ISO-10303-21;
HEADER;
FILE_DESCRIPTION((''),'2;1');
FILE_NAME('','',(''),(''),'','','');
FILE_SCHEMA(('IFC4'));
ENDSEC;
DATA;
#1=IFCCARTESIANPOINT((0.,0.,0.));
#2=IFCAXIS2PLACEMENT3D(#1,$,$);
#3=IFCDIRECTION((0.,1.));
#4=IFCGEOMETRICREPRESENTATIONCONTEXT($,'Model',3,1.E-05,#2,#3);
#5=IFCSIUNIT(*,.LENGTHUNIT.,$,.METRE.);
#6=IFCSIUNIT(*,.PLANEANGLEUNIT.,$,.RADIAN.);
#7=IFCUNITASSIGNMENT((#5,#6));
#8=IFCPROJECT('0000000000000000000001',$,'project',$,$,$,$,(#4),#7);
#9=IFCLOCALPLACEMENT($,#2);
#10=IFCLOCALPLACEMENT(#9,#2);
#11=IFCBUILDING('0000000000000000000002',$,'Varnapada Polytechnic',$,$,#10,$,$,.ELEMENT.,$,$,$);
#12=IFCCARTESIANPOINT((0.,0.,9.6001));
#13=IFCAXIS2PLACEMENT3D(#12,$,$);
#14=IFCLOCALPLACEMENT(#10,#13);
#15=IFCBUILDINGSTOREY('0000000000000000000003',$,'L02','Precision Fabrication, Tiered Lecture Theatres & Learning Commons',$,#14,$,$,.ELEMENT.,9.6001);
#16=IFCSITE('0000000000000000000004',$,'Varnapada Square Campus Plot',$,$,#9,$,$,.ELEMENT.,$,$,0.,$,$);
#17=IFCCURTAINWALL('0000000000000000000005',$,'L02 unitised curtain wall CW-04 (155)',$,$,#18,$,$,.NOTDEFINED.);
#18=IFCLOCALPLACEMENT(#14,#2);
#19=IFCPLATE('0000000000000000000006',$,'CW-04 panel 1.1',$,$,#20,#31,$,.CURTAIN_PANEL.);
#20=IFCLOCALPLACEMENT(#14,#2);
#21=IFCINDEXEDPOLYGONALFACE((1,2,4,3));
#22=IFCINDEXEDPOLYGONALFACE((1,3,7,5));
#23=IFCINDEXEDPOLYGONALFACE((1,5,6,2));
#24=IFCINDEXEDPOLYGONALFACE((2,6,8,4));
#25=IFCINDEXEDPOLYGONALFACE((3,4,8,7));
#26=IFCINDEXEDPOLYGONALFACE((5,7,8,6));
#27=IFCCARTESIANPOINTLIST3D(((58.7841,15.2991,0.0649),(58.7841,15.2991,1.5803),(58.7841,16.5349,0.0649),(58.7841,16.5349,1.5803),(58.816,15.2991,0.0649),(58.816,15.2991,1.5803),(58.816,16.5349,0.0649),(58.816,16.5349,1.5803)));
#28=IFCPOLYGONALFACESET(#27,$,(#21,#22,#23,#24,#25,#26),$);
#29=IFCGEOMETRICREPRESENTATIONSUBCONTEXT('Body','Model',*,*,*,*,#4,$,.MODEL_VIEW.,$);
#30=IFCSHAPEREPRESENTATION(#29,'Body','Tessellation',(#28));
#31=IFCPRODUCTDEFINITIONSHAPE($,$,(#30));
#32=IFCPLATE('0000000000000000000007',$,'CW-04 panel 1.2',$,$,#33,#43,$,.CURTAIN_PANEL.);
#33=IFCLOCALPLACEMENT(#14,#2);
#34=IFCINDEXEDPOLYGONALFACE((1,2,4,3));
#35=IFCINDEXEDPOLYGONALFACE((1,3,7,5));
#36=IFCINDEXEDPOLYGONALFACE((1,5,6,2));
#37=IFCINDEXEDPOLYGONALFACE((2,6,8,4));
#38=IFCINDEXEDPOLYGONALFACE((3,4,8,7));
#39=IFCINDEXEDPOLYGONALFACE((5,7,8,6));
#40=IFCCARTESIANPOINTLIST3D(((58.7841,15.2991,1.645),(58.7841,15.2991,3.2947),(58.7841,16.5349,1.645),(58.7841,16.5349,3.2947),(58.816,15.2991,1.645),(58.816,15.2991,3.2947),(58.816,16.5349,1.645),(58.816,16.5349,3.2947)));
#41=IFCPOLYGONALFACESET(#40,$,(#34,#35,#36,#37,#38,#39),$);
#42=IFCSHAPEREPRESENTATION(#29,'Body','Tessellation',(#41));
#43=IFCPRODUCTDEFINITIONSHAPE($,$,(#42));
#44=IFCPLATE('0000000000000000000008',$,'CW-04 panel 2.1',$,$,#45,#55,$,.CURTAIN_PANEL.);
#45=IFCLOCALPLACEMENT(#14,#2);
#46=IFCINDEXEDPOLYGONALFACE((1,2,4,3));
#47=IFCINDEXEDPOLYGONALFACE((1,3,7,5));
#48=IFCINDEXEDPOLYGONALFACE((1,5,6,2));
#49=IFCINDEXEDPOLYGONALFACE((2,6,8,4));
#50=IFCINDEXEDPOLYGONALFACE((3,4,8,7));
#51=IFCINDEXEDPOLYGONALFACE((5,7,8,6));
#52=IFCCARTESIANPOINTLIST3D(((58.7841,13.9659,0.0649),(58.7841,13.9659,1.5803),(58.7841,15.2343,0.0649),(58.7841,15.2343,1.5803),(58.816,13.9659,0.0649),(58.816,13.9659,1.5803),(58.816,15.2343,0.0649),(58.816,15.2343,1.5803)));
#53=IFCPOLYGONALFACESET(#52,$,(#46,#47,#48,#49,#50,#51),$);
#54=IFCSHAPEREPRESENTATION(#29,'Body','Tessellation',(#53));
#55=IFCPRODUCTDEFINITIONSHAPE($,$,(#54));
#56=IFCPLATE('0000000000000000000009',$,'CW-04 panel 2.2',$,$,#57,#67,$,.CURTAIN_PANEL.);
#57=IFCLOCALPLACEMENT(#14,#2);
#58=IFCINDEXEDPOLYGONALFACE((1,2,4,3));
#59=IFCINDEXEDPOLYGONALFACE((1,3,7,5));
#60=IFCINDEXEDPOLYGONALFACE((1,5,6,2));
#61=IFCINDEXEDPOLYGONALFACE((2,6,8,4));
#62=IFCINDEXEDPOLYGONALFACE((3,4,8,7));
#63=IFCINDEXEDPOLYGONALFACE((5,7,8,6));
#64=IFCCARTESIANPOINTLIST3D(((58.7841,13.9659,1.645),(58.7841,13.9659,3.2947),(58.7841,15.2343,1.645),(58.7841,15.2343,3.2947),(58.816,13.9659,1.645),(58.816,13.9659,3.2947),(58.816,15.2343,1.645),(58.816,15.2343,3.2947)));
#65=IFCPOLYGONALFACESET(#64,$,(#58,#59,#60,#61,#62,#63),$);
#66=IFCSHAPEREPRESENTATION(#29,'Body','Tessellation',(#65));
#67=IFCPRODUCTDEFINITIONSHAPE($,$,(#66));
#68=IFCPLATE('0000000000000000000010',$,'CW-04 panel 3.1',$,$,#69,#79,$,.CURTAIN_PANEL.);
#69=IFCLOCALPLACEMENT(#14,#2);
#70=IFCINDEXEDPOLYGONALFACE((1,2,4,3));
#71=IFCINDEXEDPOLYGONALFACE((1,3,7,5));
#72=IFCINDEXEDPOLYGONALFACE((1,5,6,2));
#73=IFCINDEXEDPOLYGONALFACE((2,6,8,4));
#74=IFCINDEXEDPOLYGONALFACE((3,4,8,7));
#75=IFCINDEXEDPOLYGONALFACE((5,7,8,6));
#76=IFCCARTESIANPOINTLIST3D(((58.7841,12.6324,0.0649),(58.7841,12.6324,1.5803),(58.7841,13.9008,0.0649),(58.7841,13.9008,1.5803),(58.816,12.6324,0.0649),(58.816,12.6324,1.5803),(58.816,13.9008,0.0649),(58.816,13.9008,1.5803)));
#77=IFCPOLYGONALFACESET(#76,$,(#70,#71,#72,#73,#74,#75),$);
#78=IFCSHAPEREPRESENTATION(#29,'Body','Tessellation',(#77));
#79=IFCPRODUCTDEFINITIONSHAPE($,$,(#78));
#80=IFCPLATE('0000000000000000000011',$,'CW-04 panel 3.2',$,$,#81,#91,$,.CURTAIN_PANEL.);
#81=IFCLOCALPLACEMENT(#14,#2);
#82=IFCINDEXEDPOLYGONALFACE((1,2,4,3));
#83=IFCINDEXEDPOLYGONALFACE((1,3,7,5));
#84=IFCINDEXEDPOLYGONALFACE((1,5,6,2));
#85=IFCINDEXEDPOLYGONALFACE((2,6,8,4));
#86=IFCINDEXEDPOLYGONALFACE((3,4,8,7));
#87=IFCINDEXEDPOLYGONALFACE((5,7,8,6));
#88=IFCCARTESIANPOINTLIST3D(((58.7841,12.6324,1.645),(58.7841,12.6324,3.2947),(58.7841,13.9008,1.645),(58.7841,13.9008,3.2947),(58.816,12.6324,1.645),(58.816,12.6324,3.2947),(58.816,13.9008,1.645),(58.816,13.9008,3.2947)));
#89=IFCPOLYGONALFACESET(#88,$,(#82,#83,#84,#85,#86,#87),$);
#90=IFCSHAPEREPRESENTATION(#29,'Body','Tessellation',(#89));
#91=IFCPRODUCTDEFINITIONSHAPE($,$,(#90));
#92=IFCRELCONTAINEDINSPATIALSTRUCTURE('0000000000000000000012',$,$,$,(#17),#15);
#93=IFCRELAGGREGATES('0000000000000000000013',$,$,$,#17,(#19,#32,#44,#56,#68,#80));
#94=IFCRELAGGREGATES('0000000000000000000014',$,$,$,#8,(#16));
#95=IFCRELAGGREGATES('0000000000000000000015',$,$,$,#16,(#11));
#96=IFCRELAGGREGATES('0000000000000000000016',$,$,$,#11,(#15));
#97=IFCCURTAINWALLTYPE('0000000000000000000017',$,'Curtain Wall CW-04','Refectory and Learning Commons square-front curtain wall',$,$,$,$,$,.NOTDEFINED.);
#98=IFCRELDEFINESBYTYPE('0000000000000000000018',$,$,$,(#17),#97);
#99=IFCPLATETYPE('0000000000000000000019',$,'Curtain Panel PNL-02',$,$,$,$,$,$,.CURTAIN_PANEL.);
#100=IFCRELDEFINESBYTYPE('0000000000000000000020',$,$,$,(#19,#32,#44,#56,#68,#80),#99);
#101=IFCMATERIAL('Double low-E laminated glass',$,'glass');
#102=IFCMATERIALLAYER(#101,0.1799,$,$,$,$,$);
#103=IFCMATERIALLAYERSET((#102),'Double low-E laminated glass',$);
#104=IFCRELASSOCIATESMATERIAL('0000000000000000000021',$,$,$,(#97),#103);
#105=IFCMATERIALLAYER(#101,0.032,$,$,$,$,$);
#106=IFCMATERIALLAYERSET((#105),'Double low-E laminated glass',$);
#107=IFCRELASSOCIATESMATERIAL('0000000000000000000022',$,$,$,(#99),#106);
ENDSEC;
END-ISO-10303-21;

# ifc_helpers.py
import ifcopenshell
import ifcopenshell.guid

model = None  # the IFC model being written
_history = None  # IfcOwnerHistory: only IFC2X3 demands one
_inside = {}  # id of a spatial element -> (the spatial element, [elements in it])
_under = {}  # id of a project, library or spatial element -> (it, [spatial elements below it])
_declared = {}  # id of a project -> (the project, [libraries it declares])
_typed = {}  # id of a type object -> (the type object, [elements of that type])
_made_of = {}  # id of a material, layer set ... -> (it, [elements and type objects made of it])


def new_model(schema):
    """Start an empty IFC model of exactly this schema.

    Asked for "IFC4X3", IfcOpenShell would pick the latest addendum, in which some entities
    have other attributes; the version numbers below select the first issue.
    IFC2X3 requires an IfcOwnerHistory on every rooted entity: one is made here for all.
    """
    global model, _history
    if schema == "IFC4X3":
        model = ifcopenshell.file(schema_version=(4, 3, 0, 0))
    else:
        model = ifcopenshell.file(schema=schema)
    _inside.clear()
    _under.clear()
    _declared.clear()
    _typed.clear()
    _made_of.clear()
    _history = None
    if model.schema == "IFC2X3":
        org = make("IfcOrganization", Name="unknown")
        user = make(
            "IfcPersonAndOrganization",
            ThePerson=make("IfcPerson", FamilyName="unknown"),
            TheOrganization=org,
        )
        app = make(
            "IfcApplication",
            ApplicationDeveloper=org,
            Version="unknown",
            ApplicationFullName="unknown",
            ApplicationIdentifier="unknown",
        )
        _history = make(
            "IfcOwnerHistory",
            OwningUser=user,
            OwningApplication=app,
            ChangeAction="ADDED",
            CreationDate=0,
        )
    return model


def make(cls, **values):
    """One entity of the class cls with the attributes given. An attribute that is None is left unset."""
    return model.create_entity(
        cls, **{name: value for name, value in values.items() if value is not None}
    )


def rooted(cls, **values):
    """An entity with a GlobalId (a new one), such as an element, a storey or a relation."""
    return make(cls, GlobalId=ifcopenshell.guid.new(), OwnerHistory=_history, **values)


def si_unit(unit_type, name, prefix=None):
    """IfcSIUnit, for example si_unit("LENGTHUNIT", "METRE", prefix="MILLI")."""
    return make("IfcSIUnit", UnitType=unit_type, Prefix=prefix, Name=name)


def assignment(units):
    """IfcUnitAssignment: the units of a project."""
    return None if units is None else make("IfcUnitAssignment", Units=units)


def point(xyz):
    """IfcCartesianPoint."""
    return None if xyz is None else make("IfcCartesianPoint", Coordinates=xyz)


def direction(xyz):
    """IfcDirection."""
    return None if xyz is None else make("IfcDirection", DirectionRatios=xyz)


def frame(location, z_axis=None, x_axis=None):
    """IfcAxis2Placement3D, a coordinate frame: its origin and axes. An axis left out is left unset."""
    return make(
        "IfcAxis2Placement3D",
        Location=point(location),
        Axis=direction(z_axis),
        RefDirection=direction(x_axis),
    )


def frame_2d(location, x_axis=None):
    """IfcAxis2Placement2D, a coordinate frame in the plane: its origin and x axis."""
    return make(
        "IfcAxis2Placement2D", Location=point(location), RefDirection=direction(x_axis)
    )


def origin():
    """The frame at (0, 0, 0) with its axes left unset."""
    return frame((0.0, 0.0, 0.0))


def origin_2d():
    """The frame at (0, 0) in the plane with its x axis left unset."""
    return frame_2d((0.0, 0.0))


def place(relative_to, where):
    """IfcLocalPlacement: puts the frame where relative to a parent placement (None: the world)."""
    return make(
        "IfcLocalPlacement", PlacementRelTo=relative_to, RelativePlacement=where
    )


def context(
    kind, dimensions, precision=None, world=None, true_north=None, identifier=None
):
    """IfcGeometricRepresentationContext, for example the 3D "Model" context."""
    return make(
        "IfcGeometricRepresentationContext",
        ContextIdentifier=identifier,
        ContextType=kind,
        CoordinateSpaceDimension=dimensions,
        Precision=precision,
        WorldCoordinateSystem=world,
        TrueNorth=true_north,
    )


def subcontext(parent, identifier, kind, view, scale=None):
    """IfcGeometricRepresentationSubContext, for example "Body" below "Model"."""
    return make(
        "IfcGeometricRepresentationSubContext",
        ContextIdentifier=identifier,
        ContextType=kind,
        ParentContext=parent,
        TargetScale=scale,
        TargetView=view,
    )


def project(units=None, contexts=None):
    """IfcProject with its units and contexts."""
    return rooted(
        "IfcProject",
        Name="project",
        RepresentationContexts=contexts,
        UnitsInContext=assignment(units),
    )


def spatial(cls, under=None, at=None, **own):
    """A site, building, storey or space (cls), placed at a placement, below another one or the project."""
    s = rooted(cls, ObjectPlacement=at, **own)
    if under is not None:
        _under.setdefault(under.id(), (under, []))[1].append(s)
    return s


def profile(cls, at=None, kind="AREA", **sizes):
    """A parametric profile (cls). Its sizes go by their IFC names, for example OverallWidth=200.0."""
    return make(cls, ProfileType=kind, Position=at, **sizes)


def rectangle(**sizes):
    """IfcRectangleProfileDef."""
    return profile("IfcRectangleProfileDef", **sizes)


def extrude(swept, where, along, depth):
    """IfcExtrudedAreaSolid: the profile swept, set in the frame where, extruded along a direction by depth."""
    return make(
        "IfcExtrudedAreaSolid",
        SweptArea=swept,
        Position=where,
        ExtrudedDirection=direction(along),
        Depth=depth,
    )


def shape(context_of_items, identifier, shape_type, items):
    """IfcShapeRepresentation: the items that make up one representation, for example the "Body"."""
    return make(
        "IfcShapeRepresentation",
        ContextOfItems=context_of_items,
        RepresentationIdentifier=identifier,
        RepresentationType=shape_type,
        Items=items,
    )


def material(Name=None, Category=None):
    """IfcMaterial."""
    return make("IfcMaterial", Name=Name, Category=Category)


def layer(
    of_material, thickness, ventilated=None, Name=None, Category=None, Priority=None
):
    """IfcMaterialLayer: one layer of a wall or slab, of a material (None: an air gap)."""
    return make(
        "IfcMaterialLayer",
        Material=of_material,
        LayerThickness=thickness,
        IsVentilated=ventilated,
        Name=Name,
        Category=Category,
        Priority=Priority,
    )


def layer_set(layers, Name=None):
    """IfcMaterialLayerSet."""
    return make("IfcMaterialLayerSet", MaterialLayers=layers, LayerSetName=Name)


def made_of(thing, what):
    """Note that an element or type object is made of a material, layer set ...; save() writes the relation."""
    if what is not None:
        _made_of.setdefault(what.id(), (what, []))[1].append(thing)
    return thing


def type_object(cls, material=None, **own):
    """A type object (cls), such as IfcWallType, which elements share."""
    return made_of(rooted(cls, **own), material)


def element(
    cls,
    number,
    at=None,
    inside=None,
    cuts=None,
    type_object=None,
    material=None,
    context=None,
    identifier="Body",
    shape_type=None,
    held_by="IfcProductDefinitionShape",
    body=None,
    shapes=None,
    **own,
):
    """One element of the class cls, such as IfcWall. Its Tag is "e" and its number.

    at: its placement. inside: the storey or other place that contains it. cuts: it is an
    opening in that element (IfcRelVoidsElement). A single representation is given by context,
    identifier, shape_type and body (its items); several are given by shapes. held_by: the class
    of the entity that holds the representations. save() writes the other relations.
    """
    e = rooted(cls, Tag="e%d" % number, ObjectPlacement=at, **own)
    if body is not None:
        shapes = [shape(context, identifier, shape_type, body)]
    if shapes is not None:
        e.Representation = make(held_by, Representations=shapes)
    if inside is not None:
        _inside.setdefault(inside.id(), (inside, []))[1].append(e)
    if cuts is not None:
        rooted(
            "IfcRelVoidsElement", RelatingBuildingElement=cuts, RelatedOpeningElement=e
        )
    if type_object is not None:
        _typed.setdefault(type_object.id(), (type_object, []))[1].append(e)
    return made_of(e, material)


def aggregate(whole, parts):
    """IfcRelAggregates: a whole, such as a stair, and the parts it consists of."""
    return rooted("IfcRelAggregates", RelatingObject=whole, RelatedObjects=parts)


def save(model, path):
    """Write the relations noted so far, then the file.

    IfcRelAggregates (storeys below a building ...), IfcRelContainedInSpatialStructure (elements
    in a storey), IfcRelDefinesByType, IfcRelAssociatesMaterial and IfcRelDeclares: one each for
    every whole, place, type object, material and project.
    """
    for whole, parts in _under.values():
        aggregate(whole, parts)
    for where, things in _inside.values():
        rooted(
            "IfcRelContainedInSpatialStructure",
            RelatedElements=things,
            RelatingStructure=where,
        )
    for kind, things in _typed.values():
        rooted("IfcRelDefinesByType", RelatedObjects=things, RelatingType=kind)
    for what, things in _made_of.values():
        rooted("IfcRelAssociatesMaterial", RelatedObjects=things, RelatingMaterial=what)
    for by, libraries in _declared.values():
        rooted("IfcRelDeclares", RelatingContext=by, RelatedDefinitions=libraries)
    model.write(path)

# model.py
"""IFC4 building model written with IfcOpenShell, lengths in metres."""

from ifc_helpers import new_model, si_unit, direction, frame, origin, origin_2d, place, context, subcontext, project, spatial, rectangle, extrude, material, layer, layer_set, type_object, element, aggregate, save


model = new_model("IFC4")

# Units and contexts
model_context = context("Model", 3, precision=1e-05, world=origin(), true_north=direction((0.0, 1.0)))
body_context = subcontext(model_context, "Body", "Model", "MODEL_VIEW")
ifc_project = project(units=[si_unit("LENGTHUNIT", "METRE"), si_unit("PLANEANGLEUNIT", "RADIAN")], contexts=[model_context])

# Site, building, storey
site_placement = place(None, origin())
site = spatial("IfcSite", under=ifc_project, at=site_placement, Name="Varnapada Square Campus Plot", CompositionType="ELEMENT", RefElevation=0.0)
building_placement = place(site_placement, origin())
building = spatial("IfcBuilding", under=site, at=building_placement, Name="Varnapada Polytechnic", CompositionType="ELEMENT")
storey_placement = place(building_placement, frame((0.0, 0.0, 9.6001)))
storey = spatial("IfcBuildingStorey", under=building, at=storey_placement, Name="L02", Description="Precision Fabrication, Tiered Lecture Theatres & Learning Commons", CompositionType="ELEMENT", Elevation=9.6001)

# Curtain wall, plates
ifc_material_1 = material(Name="Double low-E laminated glass", Category="glass")
ifc_layer_1 = layer(ifc_material_1, 0.1799)
ifc_layer_set_1 = layer_set([ifc_layer_1], Name="Double low-E laminated glass")
curtain_wall_type = type_object("IfcCurtainWallType", Name="Curtain Wall CW-04", Description="Refectory and Learning Commons square-front curtain wall", PredefinedType="NOTDEFINED", material=ifc_layer_set_1)
curtain_wall_placement = place(storey_placement, origin())
curtain_wall = element("IfcCurtainWall", 1, at=curtain_wall_placement, inside=storey, type_object=curtain_wall_type, Name="L02 unitised curtain wall CW-04 (155)", PredefinedType="NOTDEFINED")
ifc_layer_2 = layer(ifc_material_1, 0.032)
ifc_layer_set_2 = layer_set([ifc_layer_2], Name="Double low-E laminated glass")
plate_type = type_object("IfcPlateType", Name="Curtain Panel PNL-02", PredefinedType="CURTAIN_PANEL", material=ifc_layer_set_2)
plate_1_placement = place(storey_placement, frame((58.8, 15.917, 0.0649), z_axis=(0.0, 0.0, 1.0), x_axis=(0.0, -1.0, 0.0)))
plate_1 = element("IfcPlate", 2, at=plate_1_placement, type_object=plate_type, Name="CW-04 panel 1.1", PredefinedType="CURTAIN_PANEL", context=body_context, shape_type="SweptSolid", body=[
    extrude(rectangle(XDim=1.2358, YDim=0.032, at=origin_2d()), origin(), (0.0, 0.0, 1.0), 1.5154),
])
plate_2_placement = place(storey_placement, frame((58.8, 15.917, 1.645), z_axis=(0.0, 0.0, 1.0), x_axis=(0.0, -1.0, 0.0)))
plate_2 = element("IfcPlate", 3, at=plate_2_placement, type_object=plate_type, Name="CW-04 panel 1.2", PredefinedType="CURTAIN_PANEL", context=body_context, shape_type="SweptSolid", body=[
    extrude(rectangle(XDim=1.2358, YDim=0.032, at=origin_2d()), origin(), (0.0, 0.0, 1.0), 1.6497),
])
plate_3_placement = place(storey_placement, frame((58.8, 14.6001, 0.0649), z_axis=(0.0, 0.0, 1.0), x_axis=(0.0, -1.0, 0.0)))
plate_3 = element("IfcPlate", 4, at=plate_3_placement, type_object=plate_type, Name="CW-04 panel 2.1", PredefinedType="CURTAIN_PANEL", context=body_context, shape_type="SweptSolid", body=[
    extrude(rectangle(XDim=1.2683, YDim=0.032, at=origin_2d()), origin(), (0.0, 0.0, 1.0), 1.5154),
])
plate_4_placement = place(storey_placement, frame((58.8, 14.6001, 1.645), z_axis=(0.0, 0.0, 1.0), x_axis=(0.0, -1.0, 0.0)))
plate_4 = element("IfcPlate", 5, at=plate_4_placement, type_object=plate_type, Name="CW-04 panel 2.2", PredefinedType="CURTAIN_PANEL", context=body_context, shape_type="SweptSolid", body=[
    extrude(rectangle(XDim=1.2683, YDim=0.032, at=origin_2d()), origin(), (0.0, 0.0, 1.0), 1.6497),
])
plate_5_placement = place(storey_placement, frame((58.8, 13.2666, 0.0649), z_axis=(0.0, 0.0, 1.0), x_axis=(0.0, -1.0, 0.0)))
plate_5 = element("IfcPlate", 6, at=plate_5_placement, type_object=plate_type, Name="CW-04 panel 3.1", PredefinedType="CURTAIN_PANEL", context=body_context, shape_type="SweptSolid", body=[
    extrude(rectangle(XDim=1.2683, YDim=0.032, at=origin_2d()), origin(), (0.0, 0.0, 1.0), 1.5154),
])
plate_6_placement = place(storey_placement, frame((58.8, 13.2666, 1.645), z_axis=(0.0, 0.0, 1.0), x_axis=(0.0, -1.0, 0.0)))
plate_6 = element("IfcPlate", 7, at=plate_6_placement, type_object=plate_type, Name="CW-04 panel 3.2", PredefinedType="CURTAIN_PANEL", context=body_context, shape_type="SweptSolid", body=[
    extrude(rectangle(XDim=1.2683, YDim=0.032, at=origin_2d()), origin(), (0.0, 0.0, 1.0), 1.6497),
])
aggregate(curtain_wall, [plate_1, plate_2, plate_3, plate_4, plate_5, plate_6])

save(model, "model.ifc")
